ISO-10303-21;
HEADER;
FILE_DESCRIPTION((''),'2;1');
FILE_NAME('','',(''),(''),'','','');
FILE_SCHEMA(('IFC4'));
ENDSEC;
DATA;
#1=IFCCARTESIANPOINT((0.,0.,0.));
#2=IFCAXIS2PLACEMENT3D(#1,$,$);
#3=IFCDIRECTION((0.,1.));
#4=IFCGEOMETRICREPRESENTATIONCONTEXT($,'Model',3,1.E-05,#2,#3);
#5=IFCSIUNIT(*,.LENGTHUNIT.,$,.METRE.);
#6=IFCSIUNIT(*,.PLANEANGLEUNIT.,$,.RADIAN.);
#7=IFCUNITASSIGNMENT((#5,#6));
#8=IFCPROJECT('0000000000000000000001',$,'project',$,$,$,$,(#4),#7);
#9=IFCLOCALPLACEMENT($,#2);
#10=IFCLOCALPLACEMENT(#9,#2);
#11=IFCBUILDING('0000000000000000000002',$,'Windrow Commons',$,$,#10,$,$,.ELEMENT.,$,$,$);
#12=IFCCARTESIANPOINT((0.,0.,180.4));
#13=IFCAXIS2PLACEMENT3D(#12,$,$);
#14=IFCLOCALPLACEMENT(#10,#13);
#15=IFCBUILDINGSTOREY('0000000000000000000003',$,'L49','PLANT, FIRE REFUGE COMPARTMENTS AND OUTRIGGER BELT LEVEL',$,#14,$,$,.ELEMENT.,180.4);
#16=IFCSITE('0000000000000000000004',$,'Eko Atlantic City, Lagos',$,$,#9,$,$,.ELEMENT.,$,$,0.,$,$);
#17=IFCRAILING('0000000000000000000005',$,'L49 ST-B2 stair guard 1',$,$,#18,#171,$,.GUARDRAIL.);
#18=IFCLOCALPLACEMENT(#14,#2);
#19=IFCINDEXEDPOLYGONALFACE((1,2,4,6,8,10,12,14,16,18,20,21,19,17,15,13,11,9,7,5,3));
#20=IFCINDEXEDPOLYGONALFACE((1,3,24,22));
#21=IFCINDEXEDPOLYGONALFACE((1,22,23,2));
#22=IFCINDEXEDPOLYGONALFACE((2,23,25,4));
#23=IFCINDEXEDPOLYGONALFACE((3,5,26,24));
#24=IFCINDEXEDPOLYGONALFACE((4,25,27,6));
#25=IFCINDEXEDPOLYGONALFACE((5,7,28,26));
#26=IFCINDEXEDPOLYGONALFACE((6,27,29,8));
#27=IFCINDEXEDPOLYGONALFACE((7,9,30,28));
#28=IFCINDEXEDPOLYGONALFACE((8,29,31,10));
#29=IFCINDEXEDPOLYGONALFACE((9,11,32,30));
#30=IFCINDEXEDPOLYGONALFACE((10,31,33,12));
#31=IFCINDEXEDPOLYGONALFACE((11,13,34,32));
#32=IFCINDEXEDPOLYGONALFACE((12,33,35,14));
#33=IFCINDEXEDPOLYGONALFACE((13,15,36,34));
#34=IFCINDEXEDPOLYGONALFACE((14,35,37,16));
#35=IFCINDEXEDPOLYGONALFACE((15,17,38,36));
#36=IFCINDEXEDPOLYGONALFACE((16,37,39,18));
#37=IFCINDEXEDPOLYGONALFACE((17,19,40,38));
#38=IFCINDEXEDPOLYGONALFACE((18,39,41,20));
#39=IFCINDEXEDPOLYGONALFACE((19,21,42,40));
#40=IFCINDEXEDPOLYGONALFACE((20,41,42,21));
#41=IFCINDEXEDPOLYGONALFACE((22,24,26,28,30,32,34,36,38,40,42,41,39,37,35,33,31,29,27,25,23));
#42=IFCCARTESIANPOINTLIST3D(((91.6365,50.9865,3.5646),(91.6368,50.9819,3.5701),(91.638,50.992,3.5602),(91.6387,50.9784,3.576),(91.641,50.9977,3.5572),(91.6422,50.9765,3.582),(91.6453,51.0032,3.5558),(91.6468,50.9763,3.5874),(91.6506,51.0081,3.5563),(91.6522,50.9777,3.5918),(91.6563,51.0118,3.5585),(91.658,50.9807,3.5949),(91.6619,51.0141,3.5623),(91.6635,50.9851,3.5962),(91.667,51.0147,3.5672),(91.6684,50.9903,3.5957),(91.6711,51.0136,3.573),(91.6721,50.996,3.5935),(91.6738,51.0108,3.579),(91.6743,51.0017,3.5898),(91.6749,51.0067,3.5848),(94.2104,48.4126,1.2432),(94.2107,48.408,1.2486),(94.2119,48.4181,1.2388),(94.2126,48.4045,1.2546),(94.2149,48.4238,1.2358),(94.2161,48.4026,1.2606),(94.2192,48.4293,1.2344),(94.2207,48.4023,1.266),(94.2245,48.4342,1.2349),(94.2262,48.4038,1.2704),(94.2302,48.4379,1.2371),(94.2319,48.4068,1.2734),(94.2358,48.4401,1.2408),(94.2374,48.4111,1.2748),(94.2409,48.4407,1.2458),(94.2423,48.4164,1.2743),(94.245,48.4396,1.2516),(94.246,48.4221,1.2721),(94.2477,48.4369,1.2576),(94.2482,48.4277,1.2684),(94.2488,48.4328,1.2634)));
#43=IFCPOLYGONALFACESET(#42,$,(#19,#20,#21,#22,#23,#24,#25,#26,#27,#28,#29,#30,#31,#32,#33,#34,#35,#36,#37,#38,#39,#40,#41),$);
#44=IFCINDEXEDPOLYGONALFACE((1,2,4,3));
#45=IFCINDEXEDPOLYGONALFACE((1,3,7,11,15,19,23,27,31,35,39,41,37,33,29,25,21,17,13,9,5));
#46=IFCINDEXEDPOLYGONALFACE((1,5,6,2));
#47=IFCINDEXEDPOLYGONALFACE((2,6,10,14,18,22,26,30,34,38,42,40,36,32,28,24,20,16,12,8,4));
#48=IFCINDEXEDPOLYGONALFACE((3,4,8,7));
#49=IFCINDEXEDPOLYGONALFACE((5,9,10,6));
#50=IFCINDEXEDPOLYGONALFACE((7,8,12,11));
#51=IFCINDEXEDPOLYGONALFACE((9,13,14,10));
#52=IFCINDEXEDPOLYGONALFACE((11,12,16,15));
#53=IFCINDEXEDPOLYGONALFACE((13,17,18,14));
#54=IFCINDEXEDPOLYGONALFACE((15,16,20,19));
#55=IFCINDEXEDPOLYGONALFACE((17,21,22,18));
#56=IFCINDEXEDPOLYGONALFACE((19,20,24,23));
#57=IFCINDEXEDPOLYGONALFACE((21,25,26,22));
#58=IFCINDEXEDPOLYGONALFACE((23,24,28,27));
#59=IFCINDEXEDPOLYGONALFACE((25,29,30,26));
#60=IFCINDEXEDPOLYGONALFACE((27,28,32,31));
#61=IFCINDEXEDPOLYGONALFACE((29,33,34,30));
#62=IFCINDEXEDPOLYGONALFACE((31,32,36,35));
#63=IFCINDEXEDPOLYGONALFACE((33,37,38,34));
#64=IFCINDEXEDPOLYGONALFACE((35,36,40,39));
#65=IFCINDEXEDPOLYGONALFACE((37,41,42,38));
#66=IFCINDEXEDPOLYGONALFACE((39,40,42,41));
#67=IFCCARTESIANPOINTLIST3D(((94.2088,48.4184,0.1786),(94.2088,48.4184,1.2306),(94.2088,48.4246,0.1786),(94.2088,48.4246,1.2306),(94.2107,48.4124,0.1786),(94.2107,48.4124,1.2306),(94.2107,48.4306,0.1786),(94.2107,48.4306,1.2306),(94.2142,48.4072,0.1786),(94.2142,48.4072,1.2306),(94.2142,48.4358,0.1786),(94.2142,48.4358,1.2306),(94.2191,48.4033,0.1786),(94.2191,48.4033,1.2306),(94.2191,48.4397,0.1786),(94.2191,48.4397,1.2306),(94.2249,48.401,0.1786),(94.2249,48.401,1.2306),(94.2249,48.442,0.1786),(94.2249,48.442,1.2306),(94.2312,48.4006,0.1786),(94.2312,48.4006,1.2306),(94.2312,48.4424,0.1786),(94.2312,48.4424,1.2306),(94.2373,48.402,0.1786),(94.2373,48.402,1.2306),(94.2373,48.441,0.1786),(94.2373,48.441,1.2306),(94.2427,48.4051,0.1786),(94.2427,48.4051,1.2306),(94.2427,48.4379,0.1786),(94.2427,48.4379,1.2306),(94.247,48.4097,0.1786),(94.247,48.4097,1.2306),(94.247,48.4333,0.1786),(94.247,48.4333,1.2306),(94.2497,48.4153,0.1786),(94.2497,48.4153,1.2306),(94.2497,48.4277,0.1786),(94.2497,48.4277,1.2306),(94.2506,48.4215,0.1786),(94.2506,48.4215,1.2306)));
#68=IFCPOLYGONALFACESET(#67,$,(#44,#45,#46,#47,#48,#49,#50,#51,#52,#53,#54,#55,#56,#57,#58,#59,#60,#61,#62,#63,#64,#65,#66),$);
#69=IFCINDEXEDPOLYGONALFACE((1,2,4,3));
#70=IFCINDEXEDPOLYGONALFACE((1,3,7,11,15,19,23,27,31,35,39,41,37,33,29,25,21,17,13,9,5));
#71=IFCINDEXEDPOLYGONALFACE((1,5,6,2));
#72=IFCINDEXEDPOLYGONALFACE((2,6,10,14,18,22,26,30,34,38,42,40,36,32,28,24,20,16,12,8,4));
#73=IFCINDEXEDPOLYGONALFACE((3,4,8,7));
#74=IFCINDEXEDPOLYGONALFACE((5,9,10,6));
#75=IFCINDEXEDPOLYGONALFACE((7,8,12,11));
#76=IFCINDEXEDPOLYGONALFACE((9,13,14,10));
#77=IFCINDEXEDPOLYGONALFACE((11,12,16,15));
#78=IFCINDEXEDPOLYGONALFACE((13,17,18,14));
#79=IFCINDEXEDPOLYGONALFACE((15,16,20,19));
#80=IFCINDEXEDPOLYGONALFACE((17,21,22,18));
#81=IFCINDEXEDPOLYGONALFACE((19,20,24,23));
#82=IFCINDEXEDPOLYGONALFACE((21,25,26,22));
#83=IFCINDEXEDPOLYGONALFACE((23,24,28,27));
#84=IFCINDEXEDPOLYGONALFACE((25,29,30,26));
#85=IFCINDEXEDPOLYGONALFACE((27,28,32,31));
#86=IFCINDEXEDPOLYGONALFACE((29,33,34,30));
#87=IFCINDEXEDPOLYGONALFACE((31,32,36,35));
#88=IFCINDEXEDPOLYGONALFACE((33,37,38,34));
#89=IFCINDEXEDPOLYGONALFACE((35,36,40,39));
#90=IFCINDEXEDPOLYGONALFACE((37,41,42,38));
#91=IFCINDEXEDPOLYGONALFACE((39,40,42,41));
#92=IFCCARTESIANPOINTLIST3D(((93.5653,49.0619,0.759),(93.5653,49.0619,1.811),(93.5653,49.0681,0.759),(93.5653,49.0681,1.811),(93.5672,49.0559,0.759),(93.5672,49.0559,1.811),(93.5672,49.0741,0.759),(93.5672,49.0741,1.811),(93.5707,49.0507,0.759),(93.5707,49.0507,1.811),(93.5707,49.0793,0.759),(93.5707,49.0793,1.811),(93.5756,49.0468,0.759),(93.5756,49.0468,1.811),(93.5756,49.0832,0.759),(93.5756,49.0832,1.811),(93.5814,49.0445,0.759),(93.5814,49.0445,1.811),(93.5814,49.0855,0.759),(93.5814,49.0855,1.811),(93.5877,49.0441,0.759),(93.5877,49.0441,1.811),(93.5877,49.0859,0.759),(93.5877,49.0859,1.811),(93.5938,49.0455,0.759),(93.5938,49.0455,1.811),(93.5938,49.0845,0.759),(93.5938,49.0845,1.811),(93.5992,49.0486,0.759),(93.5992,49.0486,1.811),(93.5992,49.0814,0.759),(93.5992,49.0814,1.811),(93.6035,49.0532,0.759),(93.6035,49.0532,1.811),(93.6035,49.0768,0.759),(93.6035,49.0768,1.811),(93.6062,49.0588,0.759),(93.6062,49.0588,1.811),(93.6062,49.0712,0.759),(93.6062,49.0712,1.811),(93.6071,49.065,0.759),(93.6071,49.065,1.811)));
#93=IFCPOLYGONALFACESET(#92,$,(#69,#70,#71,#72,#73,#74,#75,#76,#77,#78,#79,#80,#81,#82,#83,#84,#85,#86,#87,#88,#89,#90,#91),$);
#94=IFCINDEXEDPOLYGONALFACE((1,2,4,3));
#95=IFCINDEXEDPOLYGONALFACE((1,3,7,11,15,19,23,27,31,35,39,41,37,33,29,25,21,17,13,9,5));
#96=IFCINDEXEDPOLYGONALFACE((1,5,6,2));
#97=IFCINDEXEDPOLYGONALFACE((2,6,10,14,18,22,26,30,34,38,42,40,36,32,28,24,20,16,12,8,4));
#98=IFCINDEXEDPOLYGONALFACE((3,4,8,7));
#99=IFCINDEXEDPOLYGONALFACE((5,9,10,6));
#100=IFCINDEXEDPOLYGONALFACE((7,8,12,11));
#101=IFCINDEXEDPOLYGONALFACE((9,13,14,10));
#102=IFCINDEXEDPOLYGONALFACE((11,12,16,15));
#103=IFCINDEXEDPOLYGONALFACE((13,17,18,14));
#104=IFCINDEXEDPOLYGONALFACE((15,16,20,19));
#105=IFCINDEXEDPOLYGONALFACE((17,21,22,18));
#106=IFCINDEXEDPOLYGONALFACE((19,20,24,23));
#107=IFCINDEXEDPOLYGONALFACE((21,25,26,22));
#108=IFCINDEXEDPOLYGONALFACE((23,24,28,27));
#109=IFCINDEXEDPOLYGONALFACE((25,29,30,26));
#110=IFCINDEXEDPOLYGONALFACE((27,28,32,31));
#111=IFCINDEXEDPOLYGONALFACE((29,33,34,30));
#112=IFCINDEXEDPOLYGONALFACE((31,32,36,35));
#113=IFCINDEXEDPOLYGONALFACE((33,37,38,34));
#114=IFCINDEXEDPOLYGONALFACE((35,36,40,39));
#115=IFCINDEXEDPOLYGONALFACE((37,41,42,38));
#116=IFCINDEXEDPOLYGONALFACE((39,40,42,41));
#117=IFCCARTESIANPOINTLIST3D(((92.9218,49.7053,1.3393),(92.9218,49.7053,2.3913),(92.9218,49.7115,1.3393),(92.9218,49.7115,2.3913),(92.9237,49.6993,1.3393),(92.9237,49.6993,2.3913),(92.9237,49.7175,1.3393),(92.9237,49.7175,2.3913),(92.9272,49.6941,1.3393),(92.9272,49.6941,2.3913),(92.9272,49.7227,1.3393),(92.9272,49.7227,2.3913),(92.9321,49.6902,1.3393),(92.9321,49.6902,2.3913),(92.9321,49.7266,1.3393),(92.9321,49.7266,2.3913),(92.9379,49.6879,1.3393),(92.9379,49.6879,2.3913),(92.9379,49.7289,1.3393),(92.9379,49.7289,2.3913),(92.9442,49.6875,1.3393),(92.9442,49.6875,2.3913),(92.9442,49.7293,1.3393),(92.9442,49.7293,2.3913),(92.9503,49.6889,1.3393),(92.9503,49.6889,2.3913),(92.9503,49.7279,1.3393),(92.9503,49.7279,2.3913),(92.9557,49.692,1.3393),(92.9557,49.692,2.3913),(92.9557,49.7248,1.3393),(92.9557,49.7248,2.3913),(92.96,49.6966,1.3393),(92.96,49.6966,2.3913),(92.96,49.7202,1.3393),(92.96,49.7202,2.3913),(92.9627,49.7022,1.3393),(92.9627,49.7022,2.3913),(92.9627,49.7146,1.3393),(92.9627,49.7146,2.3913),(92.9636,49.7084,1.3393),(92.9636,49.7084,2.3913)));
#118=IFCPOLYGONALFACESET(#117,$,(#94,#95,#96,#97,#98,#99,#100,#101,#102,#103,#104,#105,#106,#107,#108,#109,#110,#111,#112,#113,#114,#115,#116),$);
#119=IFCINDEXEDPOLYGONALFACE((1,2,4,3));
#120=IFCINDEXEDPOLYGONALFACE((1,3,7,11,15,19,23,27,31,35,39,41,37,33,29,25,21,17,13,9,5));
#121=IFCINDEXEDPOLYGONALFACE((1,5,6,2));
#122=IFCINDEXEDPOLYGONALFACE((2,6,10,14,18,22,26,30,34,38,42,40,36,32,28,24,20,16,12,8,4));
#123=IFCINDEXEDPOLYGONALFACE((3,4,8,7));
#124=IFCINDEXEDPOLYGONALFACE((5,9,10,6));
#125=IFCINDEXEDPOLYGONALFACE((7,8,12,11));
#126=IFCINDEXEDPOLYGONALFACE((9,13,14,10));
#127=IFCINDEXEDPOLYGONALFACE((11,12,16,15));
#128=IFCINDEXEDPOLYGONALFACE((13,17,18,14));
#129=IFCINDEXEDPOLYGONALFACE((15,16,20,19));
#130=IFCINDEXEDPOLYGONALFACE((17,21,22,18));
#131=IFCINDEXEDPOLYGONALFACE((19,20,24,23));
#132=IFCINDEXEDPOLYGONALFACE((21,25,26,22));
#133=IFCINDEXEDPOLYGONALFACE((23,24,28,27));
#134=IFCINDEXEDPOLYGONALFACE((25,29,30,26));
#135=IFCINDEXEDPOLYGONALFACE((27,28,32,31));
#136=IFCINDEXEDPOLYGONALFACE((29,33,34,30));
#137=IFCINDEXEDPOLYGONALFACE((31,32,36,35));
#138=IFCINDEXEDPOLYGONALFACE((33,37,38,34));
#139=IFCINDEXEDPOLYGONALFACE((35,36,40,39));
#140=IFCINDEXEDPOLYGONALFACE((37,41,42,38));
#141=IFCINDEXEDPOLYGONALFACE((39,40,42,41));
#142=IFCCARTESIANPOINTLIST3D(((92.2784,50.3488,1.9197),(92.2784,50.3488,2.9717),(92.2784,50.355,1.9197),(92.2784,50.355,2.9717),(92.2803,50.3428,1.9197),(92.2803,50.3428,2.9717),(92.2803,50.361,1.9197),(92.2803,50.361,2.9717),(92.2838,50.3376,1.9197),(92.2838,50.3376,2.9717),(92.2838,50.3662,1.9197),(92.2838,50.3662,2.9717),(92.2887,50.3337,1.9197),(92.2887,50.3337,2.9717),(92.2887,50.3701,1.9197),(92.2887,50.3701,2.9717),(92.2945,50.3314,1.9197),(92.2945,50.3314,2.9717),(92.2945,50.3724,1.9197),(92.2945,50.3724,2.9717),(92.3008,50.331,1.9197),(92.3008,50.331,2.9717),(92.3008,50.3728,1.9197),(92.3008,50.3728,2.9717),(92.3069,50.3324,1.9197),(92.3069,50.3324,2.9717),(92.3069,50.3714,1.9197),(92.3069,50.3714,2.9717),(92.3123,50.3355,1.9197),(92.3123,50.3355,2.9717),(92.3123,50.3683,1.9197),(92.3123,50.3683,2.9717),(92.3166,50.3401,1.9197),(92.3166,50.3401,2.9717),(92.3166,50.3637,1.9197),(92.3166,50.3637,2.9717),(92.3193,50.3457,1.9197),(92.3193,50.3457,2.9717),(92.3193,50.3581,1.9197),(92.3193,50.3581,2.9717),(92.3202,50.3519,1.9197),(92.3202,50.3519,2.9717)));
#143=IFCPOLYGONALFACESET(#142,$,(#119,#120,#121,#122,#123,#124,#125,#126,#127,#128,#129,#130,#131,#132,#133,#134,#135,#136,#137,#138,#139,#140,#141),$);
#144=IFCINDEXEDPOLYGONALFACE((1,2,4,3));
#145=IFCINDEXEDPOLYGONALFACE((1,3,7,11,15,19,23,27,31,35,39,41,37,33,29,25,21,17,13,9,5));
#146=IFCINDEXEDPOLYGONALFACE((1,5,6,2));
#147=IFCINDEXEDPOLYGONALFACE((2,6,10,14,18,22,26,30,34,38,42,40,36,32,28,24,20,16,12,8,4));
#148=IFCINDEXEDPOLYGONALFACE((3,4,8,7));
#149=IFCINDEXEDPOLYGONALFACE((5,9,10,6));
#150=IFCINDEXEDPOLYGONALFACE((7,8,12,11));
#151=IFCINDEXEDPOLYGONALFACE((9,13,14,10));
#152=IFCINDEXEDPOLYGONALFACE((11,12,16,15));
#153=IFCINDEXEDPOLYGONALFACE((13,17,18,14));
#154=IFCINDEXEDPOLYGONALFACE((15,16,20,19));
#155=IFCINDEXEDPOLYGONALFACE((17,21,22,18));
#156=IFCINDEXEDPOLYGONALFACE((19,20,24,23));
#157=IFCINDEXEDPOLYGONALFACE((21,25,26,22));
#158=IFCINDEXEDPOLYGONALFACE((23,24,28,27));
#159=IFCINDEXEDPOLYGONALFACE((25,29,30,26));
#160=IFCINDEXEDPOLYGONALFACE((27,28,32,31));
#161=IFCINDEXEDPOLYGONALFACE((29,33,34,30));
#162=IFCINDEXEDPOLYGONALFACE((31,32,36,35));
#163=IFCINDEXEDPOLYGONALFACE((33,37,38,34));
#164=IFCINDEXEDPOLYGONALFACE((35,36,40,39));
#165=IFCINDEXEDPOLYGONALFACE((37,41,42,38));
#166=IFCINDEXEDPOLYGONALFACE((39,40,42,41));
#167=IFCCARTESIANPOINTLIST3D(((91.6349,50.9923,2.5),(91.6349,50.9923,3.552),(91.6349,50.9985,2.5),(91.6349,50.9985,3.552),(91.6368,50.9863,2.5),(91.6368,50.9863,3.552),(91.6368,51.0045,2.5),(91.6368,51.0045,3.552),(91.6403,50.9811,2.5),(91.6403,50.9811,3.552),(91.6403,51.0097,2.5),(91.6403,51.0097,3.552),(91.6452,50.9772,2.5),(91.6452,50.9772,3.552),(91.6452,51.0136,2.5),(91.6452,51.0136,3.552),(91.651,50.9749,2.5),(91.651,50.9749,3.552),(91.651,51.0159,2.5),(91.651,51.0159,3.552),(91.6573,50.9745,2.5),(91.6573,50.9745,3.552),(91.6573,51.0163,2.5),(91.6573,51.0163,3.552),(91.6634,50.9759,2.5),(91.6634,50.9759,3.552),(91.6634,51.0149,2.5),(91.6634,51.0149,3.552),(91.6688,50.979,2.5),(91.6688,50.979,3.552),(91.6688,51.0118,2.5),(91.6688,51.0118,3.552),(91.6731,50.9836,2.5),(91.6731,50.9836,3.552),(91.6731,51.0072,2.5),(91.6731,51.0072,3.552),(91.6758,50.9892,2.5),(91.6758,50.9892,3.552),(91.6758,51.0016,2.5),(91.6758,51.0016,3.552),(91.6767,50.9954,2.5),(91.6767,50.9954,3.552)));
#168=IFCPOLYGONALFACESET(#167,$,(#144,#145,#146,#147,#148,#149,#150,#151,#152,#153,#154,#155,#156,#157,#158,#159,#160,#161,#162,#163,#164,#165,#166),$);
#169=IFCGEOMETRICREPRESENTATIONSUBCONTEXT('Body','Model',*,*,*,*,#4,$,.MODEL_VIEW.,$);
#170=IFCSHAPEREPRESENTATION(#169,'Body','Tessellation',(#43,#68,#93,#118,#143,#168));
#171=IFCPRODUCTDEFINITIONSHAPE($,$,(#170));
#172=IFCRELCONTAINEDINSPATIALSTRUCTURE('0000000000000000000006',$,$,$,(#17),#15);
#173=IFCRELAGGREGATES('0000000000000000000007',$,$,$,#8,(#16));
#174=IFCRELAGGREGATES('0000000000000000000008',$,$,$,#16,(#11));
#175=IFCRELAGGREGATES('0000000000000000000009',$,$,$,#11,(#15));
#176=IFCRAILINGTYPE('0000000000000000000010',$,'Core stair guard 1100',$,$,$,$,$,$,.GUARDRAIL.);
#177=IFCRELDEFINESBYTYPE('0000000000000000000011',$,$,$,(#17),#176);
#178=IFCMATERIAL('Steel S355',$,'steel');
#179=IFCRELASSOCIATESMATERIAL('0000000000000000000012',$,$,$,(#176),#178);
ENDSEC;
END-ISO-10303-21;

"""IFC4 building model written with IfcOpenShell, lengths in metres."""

from ifc_helpers import new_model, si_unit, direction, frame, origin, origin_2d, place, context, subcontext, project, spatial, circle, extrude, material, type_object, element, save


model = new_model("IFC4")

# Units and contexts
model_context = context("Model", 3, precision=1e-05, world=origin(), true_north=direction((0.0, 1.0)))
body_context = subcontext(model_context, "Body", "Model", "MODEL_VIEW")
ifc_project = project(units=[si_unit("LENGTHUNIT", "METRE"), si_unit("PLANEANGLEUNIT", "RADIAN")], contexts=[model_context])

# Site, building, storey
site_placement = place(None, origin())
site = spatial("IfcSite", under=ifc_project, at=site_placement, Name="Eko Atlantic City, Lagos", CompositionType="ELEMENT", RefElevation=0.0)
building_placement = place(site_placement, origin())
building = spatial("IfcBuilding", under=site, at=building_placement, Name="Windrow Commons", CompositionType="ELEMENT")
storey_placement = place(building_placement, frame((0.0, 0.0, 180.4)))
storey = spatial("IfcBuildingStorey", under=building, at=storey_placement, Name="L49", Description="PLANT, FIRE REFUGE COMPARTMENTS AND OUTRIGGER BELT LEVEL", CompositionType="ELEMENT", Elevation=180.4)

# Railing
ifc_material_1 = material(Name="Steel S355", Category="steel")
railing_type_1 = type_object("IfcRailingType", Name="Core stair guard 1100", PredefinedType="GUARDRAIL", material=ifc_material_1)
railing_1_placement = place(storey_placement, frame((94.2296, 48.4215, 0.1786)))
element("IfcRailing", 1, at=railing_1_placement, inside=storey, type_object=railing_type_1, Name="L49 ST-B2 stair guard 1", PredefinedType="GUARDRAIL", context=body_context, shape_type="SweptSolid", body=[
    extrude(circle(Radius=0.024, at=origin_2d()), frame((0.0, 0.0, 1.076), z_axis=(-0.596187, 0.596187, 0.537701), x_axis=(-0.707107, -0.707107, 0.0)), (0.0, 0.0, 1.0), 4.3173),
    extrude(circle(Radius=0.021, at=origin_2d()), origin(), (0.0, 0.0, 1.0), 1.052),
    extrude(circle(Radius=0.021, at=origin_2d()), frame((-0.6435, 0.6435, 0.5804)), (0.0, 0.0, 1.0), 1.052),
    extrude(circle(Radius=0.021, at=origin_2d()), frame((-1.287, 1.2869, 1.1607)), (0.0, 0.0, 1.0), 1.052),
    extrude(circle(Radius=0.021, at=origin_2d()), frame((-1.9304, 1.9304, 1.7411)), (0.0, 0.0, 1.0), 1.052),
    extrude(circle(Radius=0.021, at=origin_2d()), frame((-2.5739, 2.5739, 2.3214)), (0.0, 0.0, 1.0), 1.052),
])

save(model, "model.ifc")
